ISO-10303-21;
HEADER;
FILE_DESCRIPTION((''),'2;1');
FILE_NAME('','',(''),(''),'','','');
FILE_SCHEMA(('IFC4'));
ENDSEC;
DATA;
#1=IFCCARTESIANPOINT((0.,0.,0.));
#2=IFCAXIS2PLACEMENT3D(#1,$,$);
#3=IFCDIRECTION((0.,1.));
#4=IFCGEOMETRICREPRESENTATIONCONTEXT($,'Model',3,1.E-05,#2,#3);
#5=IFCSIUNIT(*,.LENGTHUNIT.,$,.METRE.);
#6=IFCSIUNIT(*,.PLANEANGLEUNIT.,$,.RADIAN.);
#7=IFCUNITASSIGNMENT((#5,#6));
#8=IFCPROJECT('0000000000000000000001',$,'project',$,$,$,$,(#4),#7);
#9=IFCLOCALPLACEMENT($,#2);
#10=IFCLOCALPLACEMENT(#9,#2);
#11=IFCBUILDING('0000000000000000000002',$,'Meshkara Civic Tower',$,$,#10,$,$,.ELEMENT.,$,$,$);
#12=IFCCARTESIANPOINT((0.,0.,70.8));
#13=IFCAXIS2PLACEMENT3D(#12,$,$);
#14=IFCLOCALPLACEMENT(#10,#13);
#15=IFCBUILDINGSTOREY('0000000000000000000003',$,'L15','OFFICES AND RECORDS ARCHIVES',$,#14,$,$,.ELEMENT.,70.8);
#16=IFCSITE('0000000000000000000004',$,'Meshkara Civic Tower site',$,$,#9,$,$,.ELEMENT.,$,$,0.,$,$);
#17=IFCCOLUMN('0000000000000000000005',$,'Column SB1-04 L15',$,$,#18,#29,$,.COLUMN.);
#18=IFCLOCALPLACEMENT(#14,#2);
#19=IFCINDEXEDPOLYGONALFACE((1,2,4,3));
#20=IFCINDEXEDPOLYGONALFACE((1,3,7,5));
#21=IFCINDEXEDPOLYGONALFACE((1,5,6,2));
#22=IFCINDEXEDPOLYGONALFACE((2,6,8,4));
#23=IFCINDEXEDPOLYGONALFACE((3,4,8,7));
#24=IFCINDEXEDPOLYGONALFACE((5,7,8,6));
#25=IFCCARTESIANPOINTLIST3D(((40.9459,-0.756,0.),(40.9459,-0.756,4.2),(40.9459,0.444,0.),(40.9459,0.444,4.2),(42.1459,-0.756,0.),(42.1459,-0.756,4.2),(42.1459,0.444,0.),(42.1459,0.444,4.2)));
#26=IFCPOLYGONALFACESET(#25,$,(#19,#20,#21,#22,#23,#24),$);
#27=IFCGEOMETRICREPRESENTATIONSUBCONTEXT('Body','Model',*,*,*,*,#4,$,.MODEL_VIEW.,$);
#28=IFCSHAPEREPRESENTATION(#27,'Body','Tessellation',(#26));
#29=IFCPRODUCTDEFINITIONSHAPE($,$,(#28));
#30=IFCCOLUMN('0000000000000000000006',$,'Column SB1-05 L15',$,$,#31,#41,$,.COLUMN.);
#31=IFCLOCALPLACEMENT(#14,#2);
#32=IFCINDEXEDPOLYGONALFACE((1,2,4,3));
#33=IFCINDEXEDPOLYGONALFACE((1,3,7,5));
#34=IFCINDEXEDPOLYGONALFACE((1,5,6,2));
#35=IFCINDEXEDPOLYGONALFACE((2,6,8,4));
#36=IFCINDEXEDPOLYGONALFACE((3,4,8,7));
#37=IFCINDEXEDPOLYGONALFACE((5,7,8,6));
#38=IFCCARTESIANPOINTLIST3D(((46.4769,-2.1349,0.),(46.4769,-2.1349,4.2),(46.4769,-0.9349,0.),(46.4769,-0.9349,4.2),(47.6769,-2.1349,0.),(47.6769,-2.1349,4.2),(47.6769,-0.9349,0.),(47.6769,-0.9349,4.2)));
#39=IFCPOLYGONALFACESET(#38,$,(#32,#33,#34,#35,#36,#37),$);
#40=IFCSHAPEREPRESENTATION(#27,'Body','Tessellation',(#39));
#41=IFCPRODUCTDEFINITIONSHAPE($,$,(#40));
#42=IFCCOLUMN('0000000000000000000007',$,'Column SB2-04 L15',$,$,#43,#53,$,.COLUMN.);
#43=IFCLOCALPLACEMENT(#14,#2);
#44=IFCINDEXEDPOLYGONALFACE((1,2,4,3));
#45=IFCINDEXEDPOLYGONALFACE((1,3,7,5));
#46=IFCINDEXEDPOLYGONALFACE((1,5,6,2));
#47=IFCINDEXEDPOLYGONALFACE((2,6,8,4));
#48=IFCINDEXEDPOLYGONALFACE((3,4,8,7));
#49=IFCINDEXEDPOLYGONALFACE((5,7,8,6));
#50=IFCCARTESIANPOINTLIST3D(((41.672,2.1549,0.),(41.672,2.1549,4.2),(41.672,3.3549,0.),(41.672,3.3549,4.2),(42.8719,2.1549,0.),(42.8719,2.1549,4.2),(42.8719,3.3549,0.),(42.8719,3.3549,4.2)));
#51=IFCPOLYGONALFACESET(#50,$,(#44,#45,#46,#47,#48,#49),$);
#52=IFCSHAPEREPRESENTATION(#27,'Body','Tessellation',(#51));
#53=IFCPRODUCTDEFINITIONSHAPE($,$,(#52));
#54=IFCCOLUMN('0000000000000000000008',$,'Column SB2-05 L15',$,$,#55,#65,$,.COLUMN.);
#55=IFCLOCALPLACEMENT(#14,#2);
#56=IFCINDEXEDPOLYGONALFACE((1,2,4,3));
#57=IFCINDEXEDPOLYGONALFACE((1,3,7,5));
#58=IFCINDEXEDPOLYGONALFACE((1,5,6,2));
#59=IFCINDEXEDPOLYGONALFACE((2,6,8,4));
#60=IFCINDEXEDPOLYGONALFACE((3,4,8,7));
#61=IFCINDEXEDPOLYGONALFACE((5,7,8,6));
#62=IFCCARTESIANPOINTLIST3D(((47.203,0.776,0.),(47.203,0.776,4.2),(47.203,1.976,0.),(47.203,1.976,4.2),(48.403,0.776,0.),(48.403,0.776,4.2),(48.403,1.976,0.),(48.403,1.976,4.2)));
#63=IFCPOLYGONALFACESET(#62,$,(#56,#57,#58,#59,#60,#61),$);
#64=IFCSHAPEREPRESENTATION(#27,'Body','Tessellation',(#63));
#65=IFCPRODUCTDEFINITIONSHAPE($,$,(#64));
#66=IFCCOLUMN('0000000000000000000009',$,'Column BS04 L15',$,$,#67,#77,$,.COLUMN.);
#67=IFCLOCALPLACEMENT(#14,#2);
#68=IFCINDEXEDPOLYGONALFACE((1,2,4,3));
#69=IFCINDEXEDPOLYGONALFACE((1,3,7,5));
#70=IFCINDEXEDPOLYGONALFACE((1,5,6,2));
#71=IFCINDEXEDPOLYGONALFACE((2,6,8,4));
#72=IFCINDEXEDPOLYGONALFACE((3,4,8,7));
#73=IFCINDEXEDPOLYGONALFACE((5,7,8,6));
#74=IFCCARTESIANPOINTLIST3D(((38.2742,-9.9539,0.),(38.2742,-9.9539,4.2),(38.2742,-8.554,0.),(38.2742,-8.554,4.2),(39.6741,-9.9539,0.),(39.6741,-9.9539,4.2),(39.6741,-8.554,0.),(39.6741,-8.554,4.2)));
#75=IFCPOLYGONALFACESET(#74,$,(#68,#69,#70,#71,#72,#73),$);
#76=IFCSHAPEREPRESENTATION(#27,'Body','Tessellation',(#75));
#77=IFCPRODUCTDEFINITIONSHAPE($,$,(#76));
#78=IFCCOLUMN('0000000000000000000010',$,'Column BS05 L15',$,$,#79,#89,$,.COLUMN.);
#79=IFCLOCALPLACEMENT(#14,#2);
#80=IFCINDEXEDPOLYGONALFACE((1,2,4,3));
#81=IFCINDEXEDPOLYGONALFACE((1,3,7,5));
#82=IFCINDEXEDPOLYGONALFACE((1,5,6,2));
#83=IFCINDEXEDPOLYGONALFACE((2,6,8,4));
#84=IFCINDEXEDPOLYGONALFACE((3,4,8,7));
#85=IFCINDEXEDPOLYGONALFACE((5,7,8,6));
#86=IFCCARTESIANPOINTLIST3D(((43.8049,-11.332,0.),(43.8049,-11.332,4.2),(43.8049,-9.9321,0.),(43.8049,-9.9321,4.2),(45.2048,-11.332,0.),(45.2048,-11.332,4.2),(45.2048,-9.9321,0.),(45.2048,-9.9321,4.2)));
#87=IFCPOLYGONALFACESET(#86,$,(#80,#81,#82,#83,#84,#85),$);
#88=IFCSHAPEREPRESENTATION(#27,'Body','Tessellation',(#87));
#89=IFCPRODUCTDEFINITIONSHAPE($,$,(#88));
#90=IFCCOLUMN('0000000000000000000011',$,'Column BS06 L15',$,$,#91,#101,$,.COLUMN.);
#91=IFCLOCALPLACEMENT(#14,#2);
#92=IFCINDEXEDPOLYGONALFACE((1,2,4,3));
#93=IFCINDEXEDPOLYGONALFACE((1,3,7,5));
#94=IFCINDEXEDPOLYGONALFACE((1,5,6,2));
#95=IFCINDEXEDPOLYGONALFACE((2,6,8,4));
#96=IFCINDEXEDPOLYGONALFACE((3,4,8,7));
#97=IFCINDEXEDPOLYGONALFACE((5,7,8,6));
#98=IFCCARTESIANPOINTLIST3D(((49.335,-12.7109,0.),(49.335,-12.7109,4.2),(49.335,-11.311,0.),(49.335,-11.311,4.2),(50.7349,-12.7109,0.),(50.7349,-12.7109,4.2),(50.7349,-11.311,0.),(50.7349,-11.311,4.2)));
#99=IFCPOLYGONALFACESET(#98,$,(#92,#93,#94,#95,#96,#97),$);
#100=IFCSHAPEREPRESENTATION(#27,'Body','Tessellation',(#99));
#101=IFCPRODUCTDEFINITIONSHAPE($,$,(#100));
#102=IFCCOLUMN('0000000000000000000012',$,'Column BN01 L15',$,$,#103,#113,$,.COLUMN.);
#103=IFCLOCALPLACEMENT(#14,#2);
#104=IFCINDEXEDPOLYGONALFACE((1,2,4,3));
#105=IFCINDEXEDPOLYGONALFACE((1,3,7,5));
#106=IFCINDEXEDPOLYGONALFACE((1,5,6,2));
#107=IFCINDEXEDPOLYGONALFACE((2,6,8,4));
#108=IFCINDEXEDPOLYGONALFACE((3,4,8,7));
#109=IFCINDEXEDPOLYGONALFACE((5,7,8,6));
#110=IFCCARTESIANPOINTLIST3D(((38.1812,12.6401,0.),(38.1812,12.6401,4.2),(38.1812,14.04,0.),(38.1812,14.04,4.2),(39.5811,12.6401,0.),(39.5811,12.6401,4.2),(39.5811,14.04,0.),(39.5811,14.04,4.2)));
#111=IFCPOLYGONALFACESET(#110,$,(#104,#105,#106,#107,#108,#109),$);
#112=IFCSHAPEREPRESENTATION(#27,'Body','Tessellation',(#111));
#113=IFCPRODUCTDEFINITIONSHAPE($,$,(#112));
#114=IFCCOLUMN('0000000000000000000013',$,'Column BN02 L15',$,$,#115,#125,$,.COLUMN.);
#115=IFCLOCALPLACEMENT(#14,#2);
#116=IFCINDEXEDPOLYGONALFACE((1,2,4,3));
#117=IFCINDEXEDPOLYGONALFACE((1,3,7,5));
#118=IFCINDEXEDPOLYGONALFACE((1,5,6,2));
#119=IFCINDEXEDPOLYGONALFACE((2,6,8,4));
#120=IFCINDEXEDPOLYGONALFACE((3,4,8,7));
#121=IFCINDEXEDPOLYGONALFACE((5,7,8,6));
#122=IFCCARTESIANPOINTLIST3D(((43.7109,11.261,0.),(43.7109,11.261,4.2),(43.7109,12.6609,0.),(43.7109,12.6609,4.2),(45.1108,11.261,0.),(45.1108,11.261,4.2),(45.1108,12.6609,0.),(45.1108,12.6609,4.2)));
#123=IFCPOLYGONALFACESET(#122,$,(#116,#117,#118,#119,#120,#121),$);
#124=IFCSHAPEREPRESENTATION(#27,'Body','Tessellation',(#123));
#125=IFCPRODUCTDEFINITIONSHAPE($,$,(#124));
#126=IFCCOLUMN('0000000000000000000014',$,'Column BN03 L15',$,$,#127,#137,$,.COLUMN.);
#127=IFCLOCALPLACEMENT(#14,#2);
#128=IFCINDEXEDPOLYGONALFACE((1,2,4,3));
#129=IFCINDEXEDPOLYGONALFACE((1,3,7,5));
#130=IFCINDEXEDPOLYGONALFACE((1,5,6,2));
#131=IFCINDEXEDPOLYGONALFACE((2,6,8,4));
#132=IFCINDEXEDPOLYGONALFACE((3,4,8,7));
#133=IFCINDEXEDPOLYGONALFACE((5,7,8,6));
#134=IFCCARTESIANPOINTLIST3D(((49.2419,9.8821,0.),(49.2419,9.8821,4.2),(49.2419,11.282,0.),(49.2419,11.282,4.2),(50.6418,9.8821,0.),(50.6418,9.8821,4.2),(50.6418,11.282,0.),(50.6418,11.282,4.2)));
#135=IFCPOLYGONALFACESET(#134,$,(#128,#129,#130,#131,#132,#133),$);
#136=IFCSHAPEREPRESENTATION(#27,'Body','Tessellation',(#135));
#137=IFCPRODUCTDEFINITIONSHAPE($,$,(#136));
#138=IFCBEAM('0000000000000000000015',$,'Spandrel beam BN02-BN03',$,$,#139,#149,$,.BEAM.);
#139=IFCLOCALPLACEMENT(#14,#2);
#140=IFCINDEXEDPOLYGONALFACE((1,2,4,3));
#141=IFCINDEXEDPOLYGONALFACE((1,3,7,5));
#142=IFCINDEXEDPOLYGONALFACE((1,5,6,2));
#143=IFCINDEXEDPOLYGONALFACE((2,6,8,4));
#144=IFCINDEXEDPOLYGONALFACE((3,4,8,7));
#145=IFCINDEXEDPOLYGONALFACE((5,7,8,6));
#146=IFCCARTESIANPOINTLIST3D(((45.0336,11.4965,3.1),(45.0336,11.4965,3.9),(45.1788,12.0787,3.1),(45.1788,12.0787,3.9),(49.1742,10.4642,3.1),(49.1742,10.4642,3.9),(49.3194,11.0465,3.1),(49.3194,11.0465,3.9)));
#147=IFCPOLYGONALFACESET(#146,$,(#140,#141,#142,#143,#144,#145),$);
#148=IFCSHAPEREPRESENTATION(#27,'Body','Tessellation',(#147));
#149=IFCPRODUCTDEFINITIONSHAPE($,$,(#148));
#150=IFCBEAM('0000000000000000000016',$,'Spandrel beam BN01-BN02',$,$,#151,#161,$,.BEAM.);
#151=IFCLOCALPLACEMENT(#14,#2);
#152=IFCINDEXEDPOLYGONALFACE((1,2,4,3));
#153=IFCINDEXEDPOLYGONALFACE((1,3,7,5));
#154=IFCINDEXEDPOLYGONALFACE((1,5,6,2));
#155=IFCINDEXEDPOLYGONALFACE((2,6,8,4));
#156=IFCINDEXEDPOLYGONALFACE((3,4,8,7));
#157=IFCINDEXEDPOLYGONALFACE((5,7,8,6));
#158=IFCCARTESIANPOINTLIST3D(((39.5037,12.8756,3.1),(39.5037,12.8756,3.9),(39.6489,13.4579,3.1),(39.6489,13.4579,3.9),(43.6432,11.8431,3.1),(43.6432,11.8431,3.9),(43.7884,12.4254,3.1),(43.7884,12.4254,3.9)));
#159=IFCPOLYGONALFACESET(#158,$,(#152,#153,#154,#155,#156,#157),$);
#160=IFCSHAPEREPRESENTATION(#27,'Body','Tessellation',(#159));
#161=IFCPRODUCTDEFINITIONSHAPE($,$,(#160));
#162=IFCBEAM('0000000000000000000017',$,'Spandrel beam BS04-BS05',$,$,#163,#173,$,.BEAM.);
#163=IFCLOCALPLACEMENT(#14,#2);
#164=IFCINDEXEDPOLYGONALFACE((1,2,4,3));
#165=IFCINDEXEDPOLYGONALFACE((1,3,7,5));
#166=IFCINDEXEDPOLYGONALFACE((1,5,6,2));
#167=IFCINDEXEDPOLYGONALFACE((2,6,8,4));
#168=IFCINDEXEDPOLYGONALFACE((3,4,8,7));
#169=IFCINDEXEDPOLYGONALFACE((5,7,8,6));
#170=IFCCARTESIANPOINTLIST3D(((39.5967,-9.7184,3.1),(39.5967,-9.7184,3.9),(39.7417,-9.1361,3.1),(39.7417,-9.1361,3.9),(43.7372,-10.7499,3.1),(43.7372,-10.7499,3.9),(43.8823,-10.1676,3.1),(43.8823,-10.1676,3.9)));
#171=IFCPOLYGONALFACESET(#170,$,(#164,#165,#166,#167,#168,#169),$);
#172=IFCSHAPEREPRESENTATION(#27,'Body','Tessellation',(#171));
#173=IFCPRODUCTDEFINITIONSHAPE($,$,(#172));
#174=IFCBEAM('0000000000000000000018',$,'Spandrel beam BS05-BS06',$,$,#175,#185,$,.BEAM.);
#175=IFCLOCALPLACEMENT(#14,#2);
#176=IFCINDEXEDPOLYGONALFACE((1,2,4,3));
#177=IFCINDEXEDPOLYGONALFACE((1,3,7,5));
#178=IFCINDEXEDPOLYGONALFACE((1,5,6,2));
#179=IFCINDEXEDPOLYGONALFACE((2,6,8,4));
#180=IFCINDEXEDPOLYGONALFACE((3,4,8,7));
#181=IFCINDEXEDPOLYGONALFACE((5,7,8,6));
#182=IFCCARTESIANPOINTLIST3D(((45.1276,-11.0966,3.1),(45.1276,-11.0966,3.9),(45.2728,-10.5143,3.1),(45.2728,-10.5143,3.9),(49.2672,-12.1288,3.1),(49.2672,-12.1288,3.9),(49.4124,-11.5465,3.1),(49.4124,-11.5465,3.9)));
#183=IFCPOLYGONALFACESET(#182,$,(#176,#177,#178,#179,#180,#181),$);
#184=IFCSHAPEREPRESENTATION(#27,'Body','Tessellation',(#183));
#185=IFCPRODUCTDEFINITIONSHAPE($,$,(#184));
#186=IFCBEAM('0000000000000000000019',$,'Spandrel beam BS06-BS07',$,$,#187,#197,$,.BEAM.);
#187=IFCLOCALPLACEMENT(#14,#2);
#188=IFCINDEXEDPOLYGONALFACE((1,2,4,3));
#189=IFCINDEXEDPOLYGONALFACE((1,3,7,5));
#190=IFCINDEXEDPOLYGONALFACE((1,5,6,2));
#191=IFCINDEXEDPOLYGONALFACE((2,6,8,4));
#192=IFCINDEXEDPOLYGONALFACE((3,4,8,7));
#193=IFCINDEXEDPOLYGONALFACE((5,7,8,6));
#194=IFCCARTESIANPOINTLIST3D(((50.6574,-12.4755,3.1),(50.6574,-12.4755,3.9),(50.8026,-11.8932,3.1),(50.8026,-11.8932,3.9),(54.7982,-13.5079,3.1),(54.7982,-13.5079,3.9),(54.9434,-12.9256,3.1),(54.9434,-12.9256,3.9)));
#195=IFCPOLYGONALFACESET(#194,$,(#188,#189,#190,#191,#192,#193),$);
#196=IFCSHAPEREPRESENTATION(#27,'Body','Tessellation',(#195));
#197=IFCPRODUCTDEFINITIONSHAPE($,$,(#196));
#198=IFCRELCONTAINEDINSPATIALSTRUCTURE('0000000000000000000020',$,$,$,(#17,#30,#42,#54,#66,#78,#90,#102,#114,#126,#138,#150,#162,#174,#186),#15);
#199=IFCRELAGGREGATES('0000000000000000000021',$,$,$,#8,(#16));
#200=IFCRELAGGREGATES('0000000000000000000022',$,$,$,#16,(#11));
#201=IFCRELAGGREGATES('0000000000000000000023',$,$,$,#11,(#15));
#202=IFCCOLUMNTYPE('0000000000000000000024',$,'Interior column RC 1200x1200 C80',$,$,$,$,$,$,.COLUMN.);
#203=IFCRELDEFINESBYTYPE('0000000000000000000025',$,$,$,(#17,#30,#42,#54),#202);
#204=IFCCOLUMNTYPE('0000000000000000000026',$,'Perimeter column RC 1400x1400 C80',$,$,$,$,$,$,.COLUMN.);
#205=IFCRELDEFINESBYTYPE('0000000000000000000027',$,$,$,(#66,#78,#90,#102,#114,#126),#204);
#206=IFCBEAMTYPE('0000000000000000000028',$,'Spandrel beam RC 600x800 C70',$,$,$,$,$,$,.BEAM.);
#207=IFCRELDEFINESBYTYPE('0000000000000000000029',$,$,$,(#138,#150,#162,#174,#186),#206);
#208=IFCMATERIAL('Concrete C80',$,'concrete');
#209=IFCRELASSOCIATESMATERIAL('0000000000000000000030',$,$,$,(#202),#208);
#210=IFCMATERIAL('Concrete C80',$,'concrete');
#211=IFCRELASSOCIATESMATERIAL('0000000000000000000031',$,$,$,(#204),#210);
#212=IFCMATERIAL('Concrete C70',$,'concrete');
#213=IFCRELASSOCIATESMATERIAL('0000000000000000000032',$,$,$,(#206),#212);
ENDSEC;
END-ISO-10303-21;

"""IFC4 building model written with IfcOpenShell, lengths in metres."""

from ifc_helpers import new_model, si_unit, direction, frame, origin, origin_2d, place, context, subcontext, project, spatial, rectangle, extrude, material, material_profile, profile_set, type_object, element, save


model = new_model("IFC4")

# Units and contexts
model_context = context("Model", 3, precision=1e-05, world=origin(), true_north=direction((0.0, 1.0)))
body_context = subcontext(model_context, "Body", "Model", "MODEL_VIEW")
ifc_project = project(units=[si_unit("LENGTHUNIT", "METRE"), si_unit("PLANEANGLEUNIT", "RADIAN")], contexts=[model_context])

# Site, building, storey
site_placement = place(None, origin())
site = spatial("IfcSite", under=ifc_project, at=site_placement, Name="Meshkara Civic Tower site", CompositionType="ELEMENT", RefElevation=0.0)
building_placement = place(site_placement, origin())
building = spatial("IfcBuilding", under=site, at=building_placement, Name="Meshkara Civic Tower", CompositionType="ELEMENT")
storey_placement = place(building_placement, frame((0.0, 0.0, 70.8)))
storey = spatial("IfcBuildingStorey", under=building, at=storey_placement, Name="L15", Description="OFFICES AND RECORDS ARCHIVES", CompositionType="ELEMENT", Elevation=70.8)

# Columns
ifc_material_1 = material(Name="Concrete C80", Category="concrete")
ifc_material_profile_1 = material_profile(ifc_material_1, rectangle(XDim=1.2, YDim=1.2, at=origin_2d()))
ifc_profile_set_1 = profile_set([ifc_material_profile_1], Name="Concrete C80")
column_type_1 = type_object("IfcColumnType", Name="Interior column RC 1200x1200 C80", PredefinedType="COLUMN", material=ifc_profile_set_1)
for number, where, z_axis, x_axis, name in (
    (1, (41.5459, -0.156, 0.0), (0.0, 0.0, 1.0), (1.0, 0.0, 0.0), "Column SB1-04 L15"),
    (2, (47.0769, -1.5349, 0.0), (0.0, 0.0, 1.0), (1.0, 0.0, 0.0), "Column SB1-05 L15"),
    (3, (42.272, 2.7549, 0.0), (0.0, 0.0, 1.0), (1.0, 0.0, 0.0), "Column SB2-04 L15"),
    (4, (47.803, 1.376, 0.0), (0.0, 0.0, 1.0), (1.0, 0.0, 0.0), "Column SB2-05 L15"),
):
    element("IfcColumn", number, at=place(storey_placement, frame(where, z_axis=z_axis, x_axis=x_axis)), inside=storey, type_object=column_type_1, Name=name, PredefinedType="COLUMN", context=body_context, shape_type="SweptSolid", body=[
        extrude(rectangle(XDim=1.2, YDim=1.2, at=origin_2d()), origin(), (0.0, 0.0, 1.0), 4.2),
    ])
ifc_material_2 = material(Name="Concrete C80", Category="concrete")
ifc_material_profile_2 = material_profile(ifc_material_2, rectangle(XDim=1.3999, YDim=1.3999, at=origin_2d()))
ifc_profile_set_2 = profile_set([ifc_material_profile_2], Name="Concrete C80")
column_type_2 = type_object("IfcColumnType", Name="Perimeter column RC 1400x1400 C80", PredefinedType="COLUMN", material=ifc_profile_set_2)
for number, where, z_axis, x_axis, name in (
    (5, (38.9741, -9.2539, 0.0), (0.0, 0.0, 1.0), (1.0, 0.0, 0.0), "Column BS04 L15"),
    (6, (44.5049, -10.6321, 0.0), (0.0, 0.0, 1.0), (1.0, 0.0, 0.0), "Column BS05 L15"),
    (7, (50.0349, -12.011, 0.0), (0.0, 0.0, 1.0), (1.0, 0.0, 0.0), "Column BS06 L15"),
    (8, (38.8811, 13.3401, 0.0), (0.0, 0.0, 1.0), (1.0, 0.0, 0.0), "Column BN01 L15"),
    (9, (44.4109, 11.9609, 0.0), (0.0, 0.0, 1.0), (1.0, 0.0, 0.0), "Column BN02 L15"),
    (10, (49.9419, 10.582, 0.0), (0.0, 0.0, 1.0), (1.0, 0.0, 0.0), "Column BN03 L15"),
):
    element("IfcColumn", number, at=place(storey_placement, frame(where, z_axis=z_axis, x_axis=x_axis)), inside=storey, type_object=column_type_2, Name=name, PredefinedType="COLUMN", context=body_context, shape_type="SweptSolid", body=[
        extrude(rectangle(XDim=1.3999, YDim=1.3999, at=origin_2d()), origin(), (0.0, 0.0, 1.0), 4.2),
    ])

# Beams
ifc_material_3 = material(Name="Concrete C70", Category="concrete")
ifc_material_profile_3 = material_profile(ifc_material_3, rectangle(XDim=0.6001, YDim=0.8, at=origin_2d()))
ifc_profile_set_3 = profile_set([ifc_material_profile_3], Name="Concrete C70")
beam_type = type_object("IfcBeamType", Name="Spandrel beam RC 600x800 C70", PredefinedType="BEAM", material=ifc_profile_set_3)
beam_1_placement = place(storey_placement, frame((49.2468, 10.7554, 3.5), z_axis=(-0.970304, 0.241889, 0.0), x_axis=(-0.241889, -0.970304, 0.0)))
element("IfcBeam", 11, at=beam_1_placement, inside=storey, type_object=beam_type, Name="Spandrel beam BN02-BN03", PredefinedType="BEAM", context=body_context, shape_type="SweptSolid", body=[
    extrude(rectangle(XDim=0.6001, YDim=0.8, at=origin_2d()), origin(), (0.0, 0.0, 1.0), 4.2673),
])
beam_2_placement = place(storey_placement, frame((43.7158, 12.1343, 3.5), z_axis=(-0.970277, 0.241997, 0.0), x_axis=(-0.241997, -0.970277, 0.0)))
element("IfcBeam", 12, at=beam_2_placement, inside=storey, type_object=beam_type, Name="Spandrel beam BN01-BN02", PredefinedType="BEAM", context=body_context, shape_type="SweptSolid", body=[
    extrude(rectangle(XDim=0.6001, YDim=0.8, at=origin_2d()), origin(), (0.0, 0.0, 1.0), 4.2664),
])
beam_3_placement = place(storey_placement, frame((39.6692, -9.4272, 3.5), z_axis=(0.970344, -0.241728, 0.0), x_axis=(0.241728, 0.970344, 0.0)))
element("IfcBeam", 13, at=beam_3_placement, inside=storey, type_object=beam_type, Name="Spandrel beam BS04-BS05", PredefinedType="BEAM", context=body_context, shape_type="SweptSolid", body=[
    extrude(rectangle(XDim=0.6001, YDim=0.8, at=origin_2d()), origin(), (0.0, 0.0, 1.0), 4.2671),
])
beam_4_placement = place(storey_placement, frame((45.2002, -10.8054, 3.5), z_axis=(0.97029, -0.241943, 0.0), x_axis=(0.241943, 0.97029, 0.0)))
element("IfcBeam", 14, at=beam_4_placement, inside=storey, type_object=beam_type, Name="Spandrel beam BS05-BS06", PredefinedType="BEAM", context=body_context, shape_type="SweptSolid", body=[
    extrude(rectangle(XDim=0.6001, YDim=0.8, at=origin_2d()), origin(), (0.0, 0.0, 1.0), 4.2664),
])
beam_5_placement = place(storey_placement, frame((50.73, -12.1843, 3.5), z_axis=(0.970294, -0.24193, 0.0), x_axis=(0.24193, 0.970294, 0.0)))
element("IfcBeam", 15, at=beam_5_placement, inside=storey, type_object=beam_type, Name="Spandrel beam BS06-BS07", PredefinedType="BEAM", context=body_context, shape_type="SweptSolid", body=[
    extrude(rectangle(XDim=0.6001, YDim=0.8, at=origin_2d()), origin(), (0.0, 0.0, 1.0), 4.2676),
])

save(model, "model.ifc")
